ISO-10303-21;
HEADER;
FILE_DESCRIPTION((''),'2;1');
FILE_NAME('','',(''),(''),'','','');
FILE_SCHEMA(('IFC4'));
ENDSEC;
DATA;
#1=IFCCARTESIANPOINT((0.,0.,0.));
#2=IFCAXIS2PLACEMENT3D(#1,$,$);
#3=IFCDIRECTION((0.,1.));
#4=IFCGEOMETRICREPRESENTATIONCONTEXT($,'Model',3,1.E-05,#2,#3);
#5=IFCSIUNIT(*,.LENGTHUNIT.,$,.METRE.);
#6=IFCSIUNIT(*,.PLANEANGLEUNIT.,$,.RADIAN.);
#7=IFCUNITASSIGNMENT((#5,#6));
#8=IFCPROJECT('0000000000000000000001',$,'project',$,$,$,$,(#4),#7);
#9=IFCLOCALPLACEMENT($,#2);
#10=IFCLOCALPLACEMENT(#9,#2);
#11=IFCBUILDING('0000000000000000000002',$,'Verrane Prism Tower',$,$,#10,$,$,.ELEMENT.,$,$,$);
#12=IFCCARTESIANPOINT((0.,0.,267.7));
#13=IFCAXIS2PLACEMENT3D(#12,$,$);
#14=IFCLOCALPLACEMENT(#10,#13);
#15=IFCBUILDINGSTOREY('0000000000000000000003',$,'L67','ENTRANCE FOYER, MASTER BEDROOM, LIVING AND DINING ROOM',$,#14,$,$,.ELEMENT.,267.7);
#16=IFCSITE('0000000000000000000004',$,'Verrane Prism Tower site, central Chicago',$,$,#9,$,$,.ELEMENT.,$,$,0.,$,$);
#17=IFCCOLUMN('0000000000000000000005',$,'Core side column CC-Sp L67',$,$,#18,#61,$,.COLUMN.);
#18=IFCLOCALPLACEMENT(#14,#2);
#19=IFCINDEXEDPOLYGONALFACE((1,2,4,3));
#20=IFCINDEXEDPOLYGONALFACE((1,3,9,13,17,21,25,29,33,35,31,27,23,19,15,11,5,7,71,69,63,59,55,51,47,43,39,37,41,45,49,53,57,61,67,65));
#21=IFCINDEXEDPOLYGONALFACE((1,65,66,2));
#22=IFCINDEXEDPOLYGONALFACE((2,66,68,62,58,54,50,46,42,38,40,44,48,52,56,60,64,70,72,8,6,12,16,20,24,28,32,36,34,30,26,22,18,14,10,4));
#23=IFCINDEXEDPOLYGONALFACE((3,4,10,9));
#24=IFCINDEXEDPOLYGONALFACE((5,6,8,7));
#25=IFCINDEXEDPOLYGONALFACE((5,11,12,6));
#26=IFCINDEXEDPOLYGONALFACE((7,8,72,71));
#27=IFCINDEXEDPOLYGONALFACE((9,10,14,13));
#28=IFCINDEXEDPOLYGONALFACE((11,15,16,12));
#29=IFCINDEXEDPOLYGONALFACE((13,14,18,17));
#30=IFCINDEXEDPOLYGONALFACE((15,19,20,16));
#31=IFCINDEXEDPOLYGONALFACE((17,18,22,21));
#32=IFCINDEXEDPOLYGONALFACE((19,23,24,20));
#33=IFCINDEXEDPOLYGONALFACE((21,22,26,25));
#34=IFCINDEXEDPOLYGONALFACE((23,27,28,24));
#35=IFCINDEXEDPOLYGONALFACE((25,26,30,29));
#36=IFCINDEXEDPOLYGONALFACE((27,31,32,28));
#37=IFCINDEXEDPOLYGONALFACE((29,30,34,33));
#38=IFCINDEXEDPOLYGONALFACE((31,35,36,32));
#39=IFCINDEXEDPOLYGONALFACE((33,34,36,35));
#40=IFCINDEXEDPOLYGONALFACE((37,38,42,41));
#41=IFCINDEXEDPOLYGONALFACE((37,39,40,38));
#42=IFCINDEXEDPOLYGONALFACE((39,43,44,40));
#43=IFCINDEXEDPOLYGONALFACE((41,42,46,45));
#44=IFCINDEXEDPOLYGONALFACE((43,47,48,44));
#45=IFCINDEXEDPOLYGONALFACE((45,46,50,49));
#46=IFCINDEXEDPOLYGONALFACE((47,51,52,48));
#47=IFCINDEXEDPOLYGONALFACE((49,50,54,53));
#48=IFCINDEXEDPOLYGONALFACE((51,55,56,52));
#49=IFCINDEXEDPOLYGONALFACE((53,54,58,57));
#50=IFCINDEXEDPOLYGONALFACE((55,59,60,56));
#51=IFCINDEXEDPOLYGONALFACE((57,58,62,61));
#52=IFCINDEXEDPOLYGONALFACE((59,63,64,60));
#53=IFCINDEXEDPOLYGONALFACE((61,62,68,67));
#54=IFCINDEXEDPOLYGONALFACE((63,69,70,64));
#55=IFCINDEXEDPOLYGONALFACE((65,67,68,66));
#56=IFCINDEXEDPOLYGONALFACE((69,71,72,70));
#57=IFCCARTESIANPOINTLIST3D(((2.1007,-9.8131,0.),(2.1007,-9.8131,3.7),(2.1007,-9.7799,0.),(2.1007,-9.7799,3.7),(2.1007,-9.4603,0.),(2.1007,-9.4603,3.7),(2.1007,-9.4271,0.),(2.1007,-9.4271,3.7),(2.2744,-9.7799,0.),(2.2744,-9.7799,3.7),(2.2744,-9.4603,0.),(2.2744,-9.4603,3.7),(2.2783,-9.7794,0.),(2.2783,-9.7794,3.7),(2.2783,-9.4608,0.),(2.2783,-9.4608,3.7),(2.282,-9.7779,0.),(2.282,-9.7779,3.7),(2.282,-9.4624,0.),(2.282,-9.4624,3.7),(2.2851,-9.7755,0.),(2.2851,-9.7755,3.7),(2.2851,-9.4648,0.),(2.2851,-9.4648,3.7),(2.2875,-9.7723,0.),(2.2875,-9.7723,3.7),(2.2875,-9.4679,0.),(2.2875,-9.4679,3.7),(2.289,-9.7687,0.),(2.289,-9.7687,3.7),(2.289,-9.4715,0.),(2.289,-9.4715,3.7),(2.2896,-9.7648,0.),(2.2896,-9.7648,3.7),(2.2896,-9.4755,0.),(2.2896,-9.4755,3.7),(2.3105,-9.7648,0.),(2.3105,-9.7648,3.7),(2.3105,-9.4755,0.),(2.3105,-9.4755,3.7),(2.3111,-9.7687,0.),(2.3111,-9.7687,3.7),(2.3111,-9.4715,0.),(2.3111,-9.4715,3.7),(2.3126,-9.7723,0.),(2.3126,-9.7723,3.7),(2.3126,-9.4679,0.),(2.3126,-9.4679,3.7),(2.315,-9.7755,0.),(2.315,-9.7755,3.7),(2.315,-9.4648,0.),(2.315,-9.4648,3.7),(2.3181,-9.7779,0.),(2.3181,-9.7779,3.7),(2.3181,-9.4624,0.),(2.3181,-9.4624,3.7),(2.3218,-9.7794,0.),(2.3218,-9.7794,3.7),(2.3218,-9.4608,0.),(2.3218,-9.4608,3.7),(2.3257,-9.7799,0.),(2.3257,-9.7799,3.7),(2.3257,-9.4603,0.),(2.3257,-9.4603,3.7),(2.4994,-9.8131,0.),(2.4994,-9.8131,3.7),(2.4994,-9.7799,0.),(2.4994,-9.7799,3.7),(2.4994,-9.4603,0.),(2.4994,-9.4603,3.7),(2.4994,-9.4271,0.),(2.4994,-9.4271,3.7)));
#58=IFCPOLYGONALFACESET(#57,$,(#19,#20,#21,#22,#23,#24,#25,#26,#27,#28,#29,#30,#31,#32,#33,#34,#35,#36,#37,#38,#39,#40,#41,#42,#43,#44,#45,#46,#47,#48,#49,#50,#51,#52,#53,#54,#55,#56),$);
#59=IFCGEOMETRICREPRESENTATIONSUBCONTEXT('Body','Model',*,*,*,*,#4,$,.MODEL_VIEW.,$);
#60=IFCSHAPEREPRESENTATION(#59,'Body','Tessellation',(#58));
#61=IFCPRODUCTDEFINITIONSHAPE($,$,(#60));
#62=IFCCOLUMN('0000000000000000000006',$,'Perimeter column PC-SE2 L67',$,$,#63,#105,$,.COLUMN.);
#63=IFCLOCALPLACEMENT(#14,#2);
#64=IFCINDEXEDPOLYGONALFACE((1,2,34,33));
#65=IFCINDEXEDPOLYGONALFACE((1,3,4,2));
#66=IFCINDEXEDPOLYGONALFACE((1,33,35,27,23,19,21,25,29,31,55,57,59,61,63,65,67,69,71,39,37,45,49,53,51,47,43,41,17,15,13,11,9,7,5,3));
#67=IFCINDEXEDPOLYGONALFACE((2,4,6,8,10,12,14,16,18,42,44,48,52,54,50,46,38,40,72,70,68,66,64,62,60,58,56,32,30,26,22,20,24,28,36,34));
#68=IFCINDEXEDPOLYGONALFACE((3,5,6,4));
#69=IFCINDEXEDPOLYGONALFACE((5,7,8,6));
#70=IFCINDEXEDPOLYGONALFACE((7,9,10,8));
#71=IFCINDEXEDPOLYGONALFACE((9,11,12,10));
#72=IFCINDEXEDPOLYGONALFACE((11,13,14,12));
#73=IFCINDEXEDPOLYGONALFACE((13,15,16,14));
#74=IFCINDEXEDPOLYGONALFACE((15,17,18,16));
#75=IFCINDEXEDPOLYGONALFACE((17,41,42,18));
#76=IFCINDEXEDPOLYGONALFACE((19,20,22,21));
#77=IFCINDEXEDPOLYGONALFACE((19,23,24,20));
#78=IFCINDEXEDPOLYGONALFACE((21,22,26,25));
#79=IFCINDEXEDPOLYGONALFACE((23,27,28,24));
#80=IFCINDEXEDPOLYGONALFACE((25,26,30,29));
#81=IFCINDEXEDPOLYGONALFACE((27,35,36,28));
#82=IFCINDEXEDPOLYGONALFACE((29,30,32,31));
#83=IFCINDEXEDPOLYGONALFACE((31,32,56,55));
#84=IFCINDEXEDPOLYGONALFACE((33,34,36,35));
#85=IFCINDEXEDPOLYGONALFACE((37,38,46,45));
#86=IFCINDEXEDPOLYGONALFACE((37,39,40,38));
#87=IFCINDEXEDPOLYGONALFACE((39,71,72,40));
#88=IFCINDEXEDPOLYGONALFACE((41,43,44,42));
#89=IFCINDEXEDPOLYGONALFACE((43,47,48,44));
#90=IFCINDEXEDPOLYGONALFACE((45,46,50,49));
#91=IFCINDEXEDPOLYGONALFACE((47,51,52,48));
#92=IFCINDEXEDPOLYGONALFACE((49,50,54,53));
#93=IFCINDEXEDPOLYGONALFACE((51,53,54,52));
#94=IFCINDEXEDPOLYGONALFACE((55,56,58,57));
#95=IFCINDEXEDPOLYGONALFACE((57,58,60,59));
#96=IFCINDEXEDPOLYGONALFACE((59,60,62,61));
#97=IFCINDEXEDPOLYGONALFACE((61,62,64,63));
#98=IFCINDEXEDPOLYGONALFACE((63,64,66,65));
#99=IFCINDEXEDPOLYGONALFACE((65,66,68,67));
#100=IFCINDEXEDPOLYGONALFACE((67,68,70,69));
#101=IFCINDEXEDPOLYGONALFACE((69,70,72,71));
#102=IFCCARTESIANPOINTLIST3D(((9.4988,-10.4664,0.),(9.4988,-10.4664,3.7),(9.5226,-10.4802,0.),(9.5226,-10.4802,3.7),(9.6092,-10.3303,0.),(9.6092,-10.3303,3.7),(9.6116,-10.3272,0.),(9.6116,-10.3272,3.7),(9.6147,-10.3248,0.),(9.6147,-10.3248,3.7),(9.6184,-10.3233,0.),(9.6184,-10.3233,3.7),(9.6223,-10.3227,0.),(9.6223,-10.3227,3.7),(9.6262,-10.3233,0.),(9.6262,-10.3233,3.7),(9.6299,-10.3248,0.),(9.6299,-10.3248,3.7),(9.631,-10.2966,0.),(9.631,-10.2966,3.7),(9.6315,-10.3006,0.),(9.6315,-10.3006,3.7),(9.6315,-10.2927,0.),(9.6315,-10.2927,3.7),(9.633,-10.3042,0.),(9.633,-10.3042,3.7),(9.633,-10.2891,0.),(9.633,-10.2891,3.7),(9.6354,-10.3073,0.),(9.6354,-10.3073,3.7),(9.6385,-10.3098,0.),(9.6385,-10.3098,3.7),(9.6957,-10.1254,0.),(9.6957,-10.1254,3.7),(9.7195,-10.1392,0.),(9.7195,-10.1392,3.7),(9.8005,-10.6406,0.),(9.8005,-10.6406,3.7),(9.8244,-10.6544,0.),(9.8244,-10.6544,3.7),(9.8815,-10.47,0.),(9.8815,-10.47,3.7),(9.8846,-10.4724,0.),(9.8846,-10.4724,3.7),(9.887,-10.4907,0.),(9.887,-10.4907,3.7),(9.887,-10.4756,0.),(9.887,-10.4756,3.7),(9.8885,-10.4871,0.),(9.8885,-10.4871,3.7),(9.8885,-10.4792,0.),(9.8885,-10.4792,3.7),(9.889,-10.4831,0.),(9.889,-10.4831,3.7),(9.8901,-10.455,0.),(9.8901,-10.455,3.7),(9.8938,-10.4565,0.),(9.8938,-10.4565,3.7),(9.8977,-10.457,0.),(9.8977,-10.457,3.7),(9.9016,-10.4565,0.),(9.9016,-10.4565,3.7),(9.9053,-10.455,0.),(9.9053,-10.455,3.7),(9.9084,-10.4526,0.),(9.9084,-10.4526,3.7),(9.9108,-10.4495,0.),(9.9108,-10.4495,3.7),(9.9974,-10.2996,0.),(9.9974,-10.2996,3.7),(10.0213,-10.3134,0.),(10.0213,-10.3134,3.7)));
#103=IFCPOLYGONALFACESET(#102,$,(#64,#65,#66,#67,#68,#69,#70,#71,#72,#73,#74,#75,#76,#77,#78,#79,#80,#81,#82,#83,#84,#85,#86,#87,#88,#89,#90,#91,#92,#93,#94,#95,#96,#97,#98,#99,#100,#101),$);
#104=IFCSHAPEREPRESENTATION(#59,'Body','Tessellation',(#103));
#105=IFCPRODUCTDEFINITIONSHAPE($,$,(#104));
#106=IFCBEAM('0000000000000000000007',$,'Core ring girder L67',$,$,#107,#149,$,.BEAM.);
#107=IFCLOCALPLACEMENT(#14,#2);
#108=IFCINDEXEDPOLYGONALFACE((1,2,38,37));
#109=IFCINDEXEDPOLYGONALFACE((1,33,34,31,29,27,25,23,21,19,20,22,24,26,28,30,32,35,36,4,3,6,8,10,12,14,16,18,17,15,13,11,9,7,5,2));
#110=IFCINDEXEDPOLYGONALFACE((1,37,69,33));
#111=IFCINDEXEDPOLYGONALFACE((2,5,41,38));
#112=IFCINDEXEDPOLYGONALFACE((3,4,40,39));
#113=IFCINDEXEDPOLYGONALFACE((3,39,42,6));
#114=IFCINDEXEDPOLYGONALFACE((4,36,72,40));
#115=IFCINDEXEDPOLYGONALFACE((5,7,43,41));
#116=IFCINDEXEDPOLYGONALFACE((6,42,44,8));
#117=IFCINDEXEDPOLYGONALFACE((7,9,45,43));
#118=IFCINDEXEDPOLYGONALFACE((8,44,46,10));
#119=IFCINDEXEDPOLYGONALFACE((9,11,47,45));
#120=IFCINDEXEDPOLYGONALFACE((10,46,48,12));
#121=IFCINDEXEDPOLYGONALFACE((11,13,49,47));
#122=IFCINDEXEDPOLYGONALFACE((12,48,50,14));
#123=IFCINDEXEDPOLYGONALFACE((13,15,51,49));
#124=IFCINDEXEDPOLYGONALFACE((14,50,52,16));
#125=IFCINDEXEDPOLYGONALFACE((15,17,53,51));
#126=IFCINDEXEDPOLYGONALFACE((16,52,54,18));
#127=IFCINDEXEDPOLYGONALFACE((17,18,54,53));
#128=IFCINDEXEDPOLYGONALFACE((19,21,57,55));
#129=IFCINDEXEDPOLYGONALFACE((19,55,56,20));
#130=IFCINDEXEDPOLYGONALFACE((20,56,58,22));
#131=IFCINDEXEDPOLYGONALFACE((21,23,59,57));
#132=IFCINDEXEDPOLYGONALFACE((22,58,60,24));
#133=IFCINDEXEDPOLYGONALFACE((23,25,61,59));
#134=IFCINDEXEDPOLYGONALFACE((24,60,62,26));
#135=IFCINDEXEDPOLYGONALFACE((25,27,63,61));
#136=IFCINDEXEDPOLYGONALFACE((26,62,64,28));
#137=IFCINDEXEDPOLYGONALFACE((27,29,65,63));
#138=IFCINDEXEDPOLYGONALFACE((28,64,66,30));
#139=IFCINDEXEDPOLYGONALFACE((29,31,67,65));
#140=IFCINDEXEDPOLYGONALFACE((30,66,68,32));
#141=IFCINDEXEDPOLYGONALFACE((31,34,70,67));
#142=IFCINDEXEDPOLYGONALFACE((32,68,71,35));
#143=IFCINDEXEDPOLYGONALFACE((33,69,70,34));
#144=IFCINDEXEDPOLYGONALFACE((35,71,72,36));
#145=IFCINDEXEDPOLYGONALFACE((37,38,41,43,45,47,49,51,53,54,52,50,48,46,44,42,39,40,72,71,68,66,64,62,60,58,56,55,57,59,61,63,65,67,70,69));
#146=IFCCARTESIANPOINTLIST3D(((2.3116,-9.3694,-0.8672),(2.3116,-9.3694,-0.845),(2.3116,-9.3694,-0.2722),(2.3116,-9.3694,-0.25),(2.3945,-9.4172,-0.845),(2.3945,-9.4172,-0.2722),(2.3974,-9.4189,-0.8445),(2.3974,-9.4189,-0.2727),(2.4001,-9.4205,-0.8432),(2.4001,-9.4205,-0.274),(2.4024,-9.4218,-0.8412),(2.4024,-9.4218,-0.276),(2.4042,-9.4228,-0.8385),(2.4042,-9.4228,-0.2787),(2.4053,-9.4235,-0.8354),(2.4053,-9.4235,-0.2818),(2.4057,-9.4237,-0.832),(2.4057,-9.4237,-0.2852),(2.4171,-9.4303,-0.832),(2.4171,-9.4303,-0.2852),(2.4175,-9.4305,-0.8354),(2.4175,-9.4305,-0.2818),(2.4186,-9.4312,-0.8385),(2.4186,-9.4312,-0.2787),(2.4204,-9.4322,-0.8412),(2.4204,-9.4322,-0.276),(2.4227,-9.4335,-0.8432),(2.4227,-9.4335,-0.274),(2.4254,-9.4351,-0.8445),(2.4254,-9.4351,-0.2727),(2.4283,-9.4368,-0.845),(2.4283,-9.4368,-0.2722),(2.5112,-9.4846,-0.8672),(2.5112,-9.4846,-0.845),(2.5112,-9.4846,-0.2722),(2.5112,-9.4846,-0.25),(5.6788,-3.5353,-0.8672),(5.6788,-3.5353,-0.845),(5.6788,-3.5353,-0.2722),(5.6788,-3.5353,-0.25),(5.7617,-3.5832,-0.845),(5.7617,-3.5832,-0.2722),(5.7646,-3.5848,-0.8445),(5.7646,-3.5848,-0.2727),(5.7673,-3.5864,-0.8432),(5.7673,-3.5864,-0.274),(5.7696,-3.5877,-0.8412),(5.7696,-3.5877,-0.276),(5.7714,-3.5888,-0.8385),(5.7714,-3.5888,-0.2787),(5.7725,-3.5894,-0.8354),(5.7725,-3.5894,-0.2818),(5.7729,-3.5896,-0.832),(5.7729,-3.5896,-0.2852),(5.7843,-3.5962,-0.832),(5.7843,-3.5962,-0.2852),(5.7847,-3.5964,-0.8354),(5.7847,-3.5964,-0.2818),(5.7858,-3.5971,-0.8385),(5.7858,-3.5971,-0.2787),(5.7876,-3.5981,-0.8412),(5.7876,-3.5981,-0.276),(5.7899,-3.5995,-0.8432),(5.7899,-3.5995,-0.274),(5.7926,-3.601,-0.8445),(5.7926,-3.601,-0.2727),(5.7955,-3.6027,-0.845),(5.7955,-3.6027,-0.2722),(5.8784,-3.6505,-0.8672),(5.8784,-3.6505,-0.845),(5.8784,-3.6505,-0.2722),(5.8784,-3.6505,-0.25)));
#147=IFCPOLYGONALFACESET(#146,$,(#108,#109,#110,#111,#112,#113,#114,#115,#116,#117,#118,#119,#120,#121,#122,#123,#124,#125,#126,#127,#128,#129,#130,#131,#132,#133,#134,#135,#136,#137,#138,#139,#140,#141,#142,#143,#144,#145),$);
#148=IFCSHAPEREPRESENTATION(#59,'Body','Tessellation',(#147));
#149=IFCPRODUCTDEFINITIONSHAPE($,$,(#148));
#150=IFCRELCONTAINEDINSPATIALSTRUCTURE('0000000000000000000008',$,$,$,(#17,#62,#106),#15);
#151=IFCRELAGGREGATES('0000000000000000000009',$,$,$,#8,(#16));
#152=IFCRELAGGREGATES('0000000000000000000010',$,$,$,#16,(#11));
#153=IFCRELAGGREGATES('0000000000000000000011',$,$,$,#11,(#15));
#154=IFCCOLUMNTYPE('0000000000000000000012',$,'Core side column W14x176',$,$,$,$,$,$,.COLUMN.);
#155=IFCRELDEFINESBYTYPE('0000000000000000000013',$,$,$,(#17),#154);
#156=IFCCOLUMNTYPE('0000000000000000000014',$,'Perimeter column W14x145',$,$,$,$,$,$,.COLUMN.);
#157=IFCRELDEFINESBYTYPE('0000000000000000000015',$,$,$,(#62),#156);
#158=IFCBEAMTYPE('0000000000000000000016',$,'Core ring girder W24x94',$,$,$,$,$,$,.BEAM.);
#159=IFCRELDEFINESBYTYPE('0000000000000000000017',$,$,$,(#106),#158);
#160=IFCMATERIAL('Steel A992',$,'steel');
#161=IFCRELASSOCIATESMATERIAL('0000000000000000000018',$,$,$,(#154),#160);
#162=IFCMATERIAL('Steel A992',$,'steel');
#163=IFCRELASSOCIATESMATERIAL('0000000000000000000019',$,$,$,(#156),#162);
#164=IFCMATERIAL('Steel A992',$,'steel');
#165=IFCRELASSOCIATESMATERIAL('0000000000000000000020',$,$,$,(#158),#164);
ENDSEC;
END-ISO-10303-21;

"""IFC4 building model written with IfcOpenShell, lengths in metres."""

from ifc_helpers import new_model, si_unit, direction, frame, origin, origin_2d, place, context, subcontext, project, spatial, i_section, extrude, material, material_profile, profile_set, type_object, element, save


model = new_model("IFC4")

# Units and contexts
model_context = context("Model", 3, precision=1e-05, world=origin(), true_north=direction((0.0, 1.0)))
body_context = subcontext(model_context, "Body", "Model", "MODEL_VIEW")
ifc_project = project(units=[si_unit("LENGTHUNIT", "METRE"), si_unit("PLANEANGLEUNIT", "RADIAN")], contexts=[model_context])

# Site, building, storey
site_placement = place(None, origin())
site = spatial("IfcSite", under=ifc_project, at=site_placement, Name="Verrane Prism Tower site, central Chicago", CompositionType="ELEMENT", RefElevation=0.0)
building_placement = place(site_placement, origin())
building = spatial("IfcBuilding", under=site, at=building_placement, Name="Verrane Prism Tower", CompositionType="ELEMENT")
storey_placement = place(building_placement, frame((0.0, 0.0, 267.7)))
storey = spatial("IfcBuildingStorey", under=building, at=storey_placement, Name="L67", Description="ENTRANCE FOYER, MASTER BEDROOM, LIVING AND DINING ROOM", CompositionType="ELEMENT", Elevation=267.7)

# Columns
ifc_material_1 = material(Name="Steel A992", Category="steel")
ifc_material_profile_1 = material_profile(ifc_material_1, i_section(OverallWidth=0.3987, OverallDepth=0.386, WebThickness=0.021, FlangeThickness=0.0332, FilletRadius=0.0151, at=origin_2d()), Name="W14x176")
ifc_profile_set_1 = profile_set([ifc_material_profile_1], Name="Steel A992")
column_type_1 = type_object("IfcColumnType", Name="Core side column W14x176", PredefinedType="COLUMN", material=ifc_profile_set_1)
column_1_placement = place(storey_placement, frame((2.3, -9.6201, 0.0), z_axis=(0.0, 0.0, 1.0), x_axis=(1.0, 0.0, 0.0)))
element("IfcColumn", 1, at=column_1_placement, inside=storey, type_object=column_type_1, Name="Core side column CC-Sp L67", PredefinedType="COLUMN", context=body_context, shape_type="SweptSolid", body=[
    extrude(i_section(OverallWidth=0.3987, OverallDepth=0.386, WebThickness=0.021, FlangeThickness=0.0332, FilletRadius=0.0151, at=origin_2d()), origin(), (0.0, 0.0, 1.0), 3.7),
])
ifc_material_2 = material(Name="Steel A992", Category="steel")
ifc_material_profile_2 = material_profile(ifc_material_2, i_section(OverallWidth=0.3938, OverallDepth=0.376, WebThickness=0.0173, FlangeThickness=0.0276, FilletRadius=0.0151, at=origin_2d()), Name="W14x145")
ifc_profile_set_2 = profile_set([ifc_material_profile_2], Name="Steel A992")
column_type_2 = type_object("IfcColumnType", Name="Perimeter column W14x145", PredefinedType="COLUMN", material=ifc_profile_set_2)
column_2_placement = place(storey_placement, frame((9.76, -10.3899, 0.0), z_axis=(0.0, 0.0, 1.0), x_axis=(-0.5, -0.866025, 0.0)))
element("IfcColumn", 2, at=column_2_placement, inside=storey, type_object=column_type_2, Name="Perimeter column PC-SE2 L67", PredefinedType="COLUMN", context=body_context, shape_type="SweptSolid", body=[
    extrude(i_section(OverallWidth=0.3938, OverallDepth=0.376, WebThickness=0.0173, FlangeThickness=0.0276, FilletRadius=0.0151, at=origin_2d()), origin(), (0.0, 0.0, 1.0), 3.7),
])

# Beam
ifc_material_3 = material(Name="Steel A992", Category="steel")
ifc_material_profile_3 = material_profile(ifc_material_3, i_section(OverallWidth=0.2305, OverallDepth=0.6172, WebThickness=0.0132, FlangeThickness=0.0222, FilletRadius=0.0129, at=origin_2d()), Name="W24x94")
ifc_profile_set_3 = profile_set([ifc_material_profile_3], Name="Steel A992")
beam_type_1 = type_object("IfcBeamType", Name="Core ring girder W24x94", PredefinedType="BEAM", material=ifc_profile_set_3)
beam_1_placement = place(storey_placement, frame((2.4114, -9.427, -0.5586), z_axis=(0.499881, 0.866094, 0.0), x_axis=(-0.866094, 0.499881, 0.0)))
element("IfcBeam", 3, at=beam_1_placement, inside=storey, type_object=beam_type_1, Name="Core ring girder L67", PredefinedType="BEAM", context=body_context, shape_type="SweptSolid", body=[
    extrude(i_section(OverallWidth=0.2305, OverallDepth=0.6172, WebThickness=0.0132, FlangeThickness=0.0222, FilletRadius=0.0129, at=origin_2d()), origin(), (0.0, 0.0, 1.0), 6.7361),
])

save(model, "model.ifc")
